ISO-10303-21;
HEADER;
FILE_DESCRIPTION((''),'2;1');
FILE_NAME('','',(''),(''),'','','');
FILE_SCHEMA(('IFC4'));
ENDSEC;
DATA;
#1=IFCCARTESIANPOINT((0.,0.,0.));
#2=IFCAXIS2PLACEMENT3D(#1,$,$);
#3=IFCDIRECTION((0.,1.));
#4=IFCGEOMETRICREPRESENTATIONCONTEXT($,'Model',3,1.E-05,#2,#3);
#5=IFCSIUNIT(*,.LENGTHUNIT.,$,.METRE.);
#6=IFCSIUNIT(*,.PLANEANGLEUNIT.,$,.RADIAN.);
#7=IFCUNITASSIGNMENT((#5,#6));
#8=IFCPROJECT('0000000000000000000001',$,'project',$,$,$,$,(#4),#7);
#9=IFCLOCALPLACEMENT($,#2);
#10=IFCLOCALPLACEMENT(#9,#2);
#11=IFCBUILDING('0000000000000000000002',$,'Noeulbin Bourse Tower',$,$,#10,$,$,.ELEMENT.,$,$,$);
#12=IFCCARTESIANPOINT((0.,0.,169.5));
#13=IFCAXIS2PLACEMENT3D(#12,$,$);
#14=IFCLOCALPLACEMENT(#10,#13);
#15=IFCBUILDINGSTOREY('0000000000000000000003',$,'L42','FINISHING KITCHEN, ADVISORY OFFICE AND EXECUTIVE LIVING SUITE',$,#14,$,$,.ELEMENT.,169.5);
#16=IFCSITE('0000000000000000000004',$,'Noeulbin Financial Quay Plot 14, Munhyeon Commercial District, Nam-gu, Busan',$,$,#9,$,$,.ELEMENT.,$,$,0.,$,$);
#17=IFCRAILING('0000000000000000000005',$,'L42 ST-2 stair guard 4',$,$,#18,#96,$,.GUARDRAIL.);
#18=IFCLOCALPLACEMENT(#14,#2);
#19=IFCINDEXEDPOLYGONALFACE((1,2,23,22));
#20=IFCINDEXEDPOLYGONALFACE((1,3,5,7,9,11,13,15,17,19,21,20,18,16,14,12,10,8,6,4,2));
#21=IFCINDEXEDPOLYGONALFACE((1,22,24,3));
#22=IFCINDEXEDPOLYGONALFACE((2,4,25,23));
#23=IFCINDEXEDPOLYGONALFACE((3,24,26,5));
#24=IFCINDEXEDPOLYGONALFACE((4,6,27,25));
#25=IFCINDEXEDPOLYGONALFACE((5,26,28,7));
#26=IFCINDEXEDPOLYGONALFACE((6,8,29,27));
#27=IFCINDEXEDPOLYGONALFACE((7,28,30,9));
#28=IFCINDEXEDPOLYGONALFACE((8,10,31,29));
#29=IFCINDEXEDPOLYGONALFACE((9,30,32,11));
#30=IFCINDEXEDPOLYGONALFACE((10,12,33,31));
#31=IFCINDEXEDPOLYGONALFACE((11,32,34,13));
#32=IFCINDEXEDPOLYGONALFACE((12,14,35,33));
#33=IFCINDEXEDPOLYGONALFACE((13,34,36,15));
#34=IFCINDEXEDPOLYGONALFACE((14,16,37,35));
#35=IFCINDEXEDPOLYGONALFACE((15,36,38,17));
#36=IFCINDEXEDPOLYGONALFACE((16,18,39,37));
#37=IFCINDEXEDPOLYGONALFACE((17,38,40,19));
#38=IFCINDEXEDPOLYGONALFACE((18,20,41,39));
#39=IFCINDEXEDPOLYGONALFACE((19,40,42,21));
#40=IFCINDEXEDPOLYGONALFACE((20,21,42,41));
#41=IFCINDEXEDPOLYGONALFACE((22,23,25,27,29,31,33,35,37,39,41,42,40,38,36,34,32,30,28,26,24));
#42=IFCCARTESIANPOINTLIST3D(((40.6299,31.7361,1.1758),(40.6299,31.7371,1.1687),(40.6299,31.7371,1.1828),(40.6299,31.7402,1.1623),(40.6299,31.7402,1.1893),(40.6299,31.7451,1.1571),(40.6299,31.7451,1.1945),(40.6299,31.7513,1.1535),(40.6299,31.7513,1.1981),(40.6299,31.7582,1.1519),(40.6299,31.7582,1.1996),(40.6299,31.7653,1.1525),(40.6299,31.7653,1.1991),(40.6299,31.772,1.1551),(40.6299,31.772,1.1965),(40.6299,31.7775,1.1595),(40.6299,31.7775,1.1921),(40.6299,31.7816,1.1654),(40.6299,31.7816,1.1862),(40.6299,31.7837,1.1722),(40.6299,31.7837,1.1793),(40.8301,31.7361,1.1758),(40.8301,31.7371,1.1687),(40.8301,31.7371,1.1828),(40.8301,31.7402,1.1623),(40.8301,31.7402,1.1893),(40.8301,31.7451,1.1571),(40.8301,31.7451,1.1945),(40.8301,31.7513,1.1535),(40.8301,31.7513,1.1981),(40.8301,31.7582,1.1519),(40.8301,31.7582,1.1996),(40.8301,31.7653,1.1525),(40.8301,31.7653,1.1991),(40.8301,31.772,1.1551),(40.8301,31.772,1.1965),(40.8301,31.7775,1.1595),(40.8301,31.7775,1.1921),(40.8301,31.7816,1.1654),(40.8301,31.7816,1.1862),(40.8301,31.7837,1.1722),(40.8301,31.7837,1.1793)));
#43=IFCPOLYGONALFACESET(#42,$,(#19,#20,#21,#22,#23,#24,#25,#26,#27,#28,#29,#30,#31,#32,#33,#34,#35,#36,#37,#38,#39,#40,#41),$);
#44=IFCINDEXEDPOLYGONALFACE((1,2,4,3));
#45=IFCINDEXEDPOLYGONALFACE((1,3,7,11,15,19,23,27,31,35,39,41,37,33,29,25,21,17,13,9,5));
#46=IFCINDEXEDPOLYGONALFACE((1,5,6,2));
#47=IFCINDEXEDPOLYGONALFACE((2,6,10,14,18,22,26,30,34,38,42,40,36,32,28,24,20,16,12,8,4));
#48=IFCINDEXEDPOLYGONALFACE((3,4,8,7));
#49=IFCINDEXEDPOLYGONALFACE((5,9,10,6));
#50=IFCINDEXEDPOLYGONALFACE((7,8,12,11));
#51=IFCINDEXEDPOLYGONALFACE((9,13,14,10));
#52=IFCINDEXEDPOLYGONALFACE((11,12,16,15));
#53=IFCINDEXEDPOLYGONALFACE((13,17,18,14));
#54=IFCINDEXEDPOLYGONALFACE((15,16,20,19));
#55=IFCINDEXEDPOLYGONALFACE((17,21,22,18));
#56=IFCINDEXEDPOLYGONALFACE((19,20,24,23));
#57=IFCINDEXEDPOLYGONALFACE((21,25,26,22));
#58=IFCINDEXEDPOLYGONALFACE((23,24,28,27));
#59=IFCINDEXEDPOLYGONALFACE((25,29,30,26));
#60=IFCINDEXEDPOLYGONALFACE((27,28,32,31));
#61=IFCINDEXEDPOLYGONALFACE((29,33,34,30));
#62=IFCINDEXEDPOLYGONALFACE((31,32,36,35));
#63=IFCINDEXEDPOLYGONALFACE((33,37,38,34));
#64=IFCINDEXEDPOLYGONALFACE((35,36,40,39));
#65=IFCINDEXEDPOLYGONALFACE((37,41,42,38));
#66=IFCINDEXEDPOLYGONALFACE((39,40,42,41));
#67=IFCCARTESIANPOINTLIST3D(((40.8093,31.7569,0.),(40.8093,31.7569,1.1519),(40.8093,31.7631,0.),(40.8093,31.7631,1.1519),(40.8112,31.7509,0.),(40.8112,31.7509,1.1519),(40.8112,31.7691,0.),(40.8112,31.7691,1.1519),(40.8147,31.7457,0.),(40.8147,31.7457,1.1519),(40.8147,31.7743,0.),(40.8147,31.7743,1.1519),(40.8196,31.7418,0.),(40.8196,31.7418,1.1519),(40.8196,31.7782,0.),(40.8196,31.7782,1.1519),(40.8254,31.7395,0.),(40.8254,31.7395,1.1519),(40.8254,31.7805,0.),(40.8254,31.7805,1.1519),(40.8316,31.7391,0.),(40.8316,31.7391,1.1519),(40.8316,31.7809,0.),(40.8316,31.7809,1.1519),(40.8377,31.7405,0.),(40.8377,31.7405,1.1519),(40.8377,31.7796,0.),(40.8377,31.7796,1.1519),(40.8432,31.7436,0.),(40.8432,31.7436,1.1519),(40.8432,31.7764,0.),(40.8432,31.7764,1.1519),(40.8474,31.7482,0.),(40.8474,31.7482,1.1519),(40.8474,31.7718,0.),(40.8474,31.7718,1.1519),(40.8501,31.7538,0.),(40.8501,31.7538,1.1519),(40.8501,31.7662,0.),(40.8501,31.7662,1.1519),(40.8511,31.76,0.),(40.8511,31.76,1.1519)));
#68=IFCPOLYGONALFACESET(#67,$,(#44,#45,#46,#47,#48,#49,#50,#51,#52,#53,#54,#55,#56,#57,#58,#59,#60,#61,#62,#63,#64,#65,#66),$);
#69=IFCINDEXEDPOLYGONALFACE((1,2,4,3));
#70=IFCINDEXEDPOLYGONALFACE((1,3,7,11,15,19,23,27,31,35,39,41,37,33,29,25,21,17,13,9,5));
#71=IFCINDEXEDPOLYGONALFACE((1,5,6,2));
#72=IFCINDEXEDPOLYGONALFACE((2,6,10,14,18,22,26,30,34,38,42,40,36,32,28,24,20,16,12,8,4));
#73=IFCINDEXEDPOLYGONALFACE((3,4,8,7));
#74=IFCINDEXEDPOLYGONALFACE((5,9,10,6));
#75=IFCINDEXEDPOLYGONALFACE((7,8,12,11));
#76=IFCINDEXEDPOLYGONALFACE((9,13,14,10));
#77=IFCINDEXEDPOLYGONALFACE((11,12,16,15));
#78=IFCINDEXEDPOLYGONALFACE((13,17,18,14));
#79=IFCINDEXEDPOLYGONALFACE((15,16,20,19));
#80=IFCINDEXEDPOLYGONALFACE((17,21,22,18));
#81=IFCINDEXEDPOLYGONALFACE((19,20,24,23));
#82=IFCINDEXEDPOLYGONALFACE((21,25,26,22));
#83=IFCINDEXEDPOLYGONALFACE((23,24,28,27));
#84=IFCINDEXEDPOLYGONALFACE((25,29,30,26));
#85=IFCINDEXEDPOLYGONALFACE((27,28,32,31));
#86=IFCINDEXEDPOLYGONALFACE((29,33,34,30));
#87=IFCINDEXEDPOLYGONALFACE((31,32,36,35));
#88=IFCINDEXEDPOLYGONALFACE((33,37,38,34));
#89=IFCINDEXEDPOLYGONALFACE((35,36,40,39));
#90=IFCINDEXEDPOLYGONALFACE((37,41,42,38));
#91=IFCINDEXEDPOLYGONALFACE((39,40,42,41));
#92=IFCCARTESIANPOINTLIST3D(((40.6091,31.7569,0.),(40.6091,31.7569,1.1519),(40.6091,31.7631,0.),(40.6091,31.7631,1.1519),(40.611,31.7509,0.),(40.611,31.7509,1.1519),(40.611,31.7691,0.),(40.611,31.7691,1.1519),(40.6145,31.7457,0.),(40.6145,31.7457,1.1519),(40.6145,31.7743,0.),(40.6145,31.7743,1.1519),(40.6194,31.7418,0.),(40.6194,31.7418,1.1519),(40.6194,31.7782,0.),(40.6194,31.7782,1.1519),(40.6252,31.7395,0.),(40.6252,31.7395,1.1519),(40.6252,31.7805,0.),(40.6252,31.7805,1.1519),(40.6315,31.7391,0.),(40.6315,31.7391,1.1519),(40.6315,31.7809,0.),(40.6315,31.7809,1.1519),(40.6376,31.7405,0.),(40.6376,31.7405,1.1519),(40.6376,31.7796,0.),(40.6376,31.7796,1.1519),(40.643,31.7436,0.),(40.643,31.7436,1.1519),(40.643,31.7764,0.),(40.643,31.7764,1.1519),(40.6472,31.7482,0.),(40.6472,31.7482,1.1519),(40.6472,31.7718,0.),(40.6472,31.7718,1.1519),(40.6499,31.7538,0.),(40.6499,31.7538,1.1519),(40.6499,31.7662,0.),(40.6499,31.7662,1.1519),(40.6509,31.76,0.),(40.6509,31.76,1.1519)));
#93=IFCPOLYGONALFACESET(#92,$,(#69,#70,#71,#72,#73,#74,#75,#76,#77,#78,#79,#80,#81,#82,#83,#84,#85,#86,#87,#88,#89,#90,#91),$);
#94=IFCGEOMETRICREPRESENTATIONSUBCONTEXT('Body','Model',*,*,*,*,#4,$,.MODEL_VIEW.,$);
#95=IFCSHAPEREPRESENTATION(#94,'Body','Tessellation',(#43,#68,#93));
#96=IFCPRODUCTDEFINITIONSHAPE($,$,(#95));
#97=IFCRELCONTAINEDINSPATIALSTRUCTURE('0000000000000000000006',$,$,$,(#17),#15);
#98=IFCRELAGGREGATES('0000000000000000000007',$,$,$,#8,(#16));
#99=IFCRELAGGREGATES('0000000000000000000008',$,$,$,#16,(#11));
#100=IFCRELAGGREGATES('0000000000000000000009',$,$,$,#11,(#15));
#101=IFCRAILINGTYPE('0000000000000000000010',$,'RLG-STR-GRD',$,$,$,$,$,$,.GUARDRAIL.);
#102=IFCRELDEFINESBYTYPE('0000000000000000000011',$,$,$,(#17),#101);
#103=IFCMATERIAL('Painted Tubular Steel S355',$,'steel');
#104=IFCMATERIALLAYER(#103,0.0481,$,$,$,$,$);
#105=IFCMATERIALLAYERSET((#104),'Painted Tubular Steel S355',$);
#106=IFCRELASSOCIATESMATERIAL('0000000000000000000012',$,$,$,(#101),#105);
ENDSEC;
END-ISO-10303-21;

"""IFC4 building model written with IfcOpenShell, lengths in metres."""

from ifc_helpers import new_model, si_unit, direction, frame, origin, origin_2d, place, context, subcontext, project, spatial, circle, extrude, material, layer, layer_set, type_object, element, save


model = new_model("IFC4")

# Units and contexts
model_context = context("Model", 3, precision=1e-05, world=origin(), true_north=direction((0.0, 1.0)))
body_context = subcontext(model_context, "Body", "Model", "MODEL_VIEW")
ifc_project = project(units=[si_unit("LENGTHUNIT", "METRE"), si_unit("PLANEANGLEUNIT", "RADIAN")], contexts=[model_context])

# Site, building, storey
site_placement = place(None, origin())
site = spatial("IfcSite", under=ifc_project, at=site_placement, Name="Noeulbin Financial Quay Plot 14, Munhyeon Commercial District, Nam-gu, Busan", CompositionType="ELEMENT", RefElevation=0.0)
building_placement = place(site_placement, origin())
building = spatial("IfcBuilding", under=site, at=building_placement, Name="Noeulbin Bourse Tower", CompositionType="ELEMENT")
storey_placement = place(building_placement, frame((0.0, 0.0, 169.5)))
storey = spatial("IfcBuildingStorey", under=building, at=storey_placement, Name="L42", Description="FINISHING KITCHEN, ADVISORY OFFICE AND EXECUTIVE LIVING SUITE", CompositionType="ELEMENT", Elevation=169.5)

# Railing
ifc_material_1 = material(Name="Painted Tubular Steel S355", Category="steel")
ifc_layer_1 = layer(ifc_material_1, 0.0481)
ifc_layer_set_1 = layer_set([ifc_layer_1], Name="Painted Tubular Steel S355")
railing_type_1 = type_object("IfcRailingType", Name="RLG-STR-GRD", PredefinedType="GUARDRAIL", material=ifc_layer_set_1)
railing_1_placement = place(storey_placement, frame((40.8301, 31.76, 0.0)))
element("IfcRailing", 1, at=railing_1_placement, inside=storey, type_object=railing_type_1, Name="L42 ST-2 stair guard 4", PredefinedType="GUARDRAIL", context=body_context, shape_type="SweptSolid", body=[
    extrude(circle(Radius=0.0239, at=origin_2d()), frame((0.0, 0.0, 1.1758), z_axis=(-1.0, 0.0, 0.0), x_axis=(0.0, -1.0, 0.0)), (0.0, 0.0, 1.0), 0.2002),
    extrude(circle(Radius=0.021, at=origin_2d()), origin(), (0.0, 0.0, 1.0), 1.1519),
    extrude(circle(Radius=0.021, at=origin_2d()), frame((-0.2002, 0.0, 0.0)), (0.0, 0.0, 1.0), 1.1519),
])

save(model, "model.ifc")
